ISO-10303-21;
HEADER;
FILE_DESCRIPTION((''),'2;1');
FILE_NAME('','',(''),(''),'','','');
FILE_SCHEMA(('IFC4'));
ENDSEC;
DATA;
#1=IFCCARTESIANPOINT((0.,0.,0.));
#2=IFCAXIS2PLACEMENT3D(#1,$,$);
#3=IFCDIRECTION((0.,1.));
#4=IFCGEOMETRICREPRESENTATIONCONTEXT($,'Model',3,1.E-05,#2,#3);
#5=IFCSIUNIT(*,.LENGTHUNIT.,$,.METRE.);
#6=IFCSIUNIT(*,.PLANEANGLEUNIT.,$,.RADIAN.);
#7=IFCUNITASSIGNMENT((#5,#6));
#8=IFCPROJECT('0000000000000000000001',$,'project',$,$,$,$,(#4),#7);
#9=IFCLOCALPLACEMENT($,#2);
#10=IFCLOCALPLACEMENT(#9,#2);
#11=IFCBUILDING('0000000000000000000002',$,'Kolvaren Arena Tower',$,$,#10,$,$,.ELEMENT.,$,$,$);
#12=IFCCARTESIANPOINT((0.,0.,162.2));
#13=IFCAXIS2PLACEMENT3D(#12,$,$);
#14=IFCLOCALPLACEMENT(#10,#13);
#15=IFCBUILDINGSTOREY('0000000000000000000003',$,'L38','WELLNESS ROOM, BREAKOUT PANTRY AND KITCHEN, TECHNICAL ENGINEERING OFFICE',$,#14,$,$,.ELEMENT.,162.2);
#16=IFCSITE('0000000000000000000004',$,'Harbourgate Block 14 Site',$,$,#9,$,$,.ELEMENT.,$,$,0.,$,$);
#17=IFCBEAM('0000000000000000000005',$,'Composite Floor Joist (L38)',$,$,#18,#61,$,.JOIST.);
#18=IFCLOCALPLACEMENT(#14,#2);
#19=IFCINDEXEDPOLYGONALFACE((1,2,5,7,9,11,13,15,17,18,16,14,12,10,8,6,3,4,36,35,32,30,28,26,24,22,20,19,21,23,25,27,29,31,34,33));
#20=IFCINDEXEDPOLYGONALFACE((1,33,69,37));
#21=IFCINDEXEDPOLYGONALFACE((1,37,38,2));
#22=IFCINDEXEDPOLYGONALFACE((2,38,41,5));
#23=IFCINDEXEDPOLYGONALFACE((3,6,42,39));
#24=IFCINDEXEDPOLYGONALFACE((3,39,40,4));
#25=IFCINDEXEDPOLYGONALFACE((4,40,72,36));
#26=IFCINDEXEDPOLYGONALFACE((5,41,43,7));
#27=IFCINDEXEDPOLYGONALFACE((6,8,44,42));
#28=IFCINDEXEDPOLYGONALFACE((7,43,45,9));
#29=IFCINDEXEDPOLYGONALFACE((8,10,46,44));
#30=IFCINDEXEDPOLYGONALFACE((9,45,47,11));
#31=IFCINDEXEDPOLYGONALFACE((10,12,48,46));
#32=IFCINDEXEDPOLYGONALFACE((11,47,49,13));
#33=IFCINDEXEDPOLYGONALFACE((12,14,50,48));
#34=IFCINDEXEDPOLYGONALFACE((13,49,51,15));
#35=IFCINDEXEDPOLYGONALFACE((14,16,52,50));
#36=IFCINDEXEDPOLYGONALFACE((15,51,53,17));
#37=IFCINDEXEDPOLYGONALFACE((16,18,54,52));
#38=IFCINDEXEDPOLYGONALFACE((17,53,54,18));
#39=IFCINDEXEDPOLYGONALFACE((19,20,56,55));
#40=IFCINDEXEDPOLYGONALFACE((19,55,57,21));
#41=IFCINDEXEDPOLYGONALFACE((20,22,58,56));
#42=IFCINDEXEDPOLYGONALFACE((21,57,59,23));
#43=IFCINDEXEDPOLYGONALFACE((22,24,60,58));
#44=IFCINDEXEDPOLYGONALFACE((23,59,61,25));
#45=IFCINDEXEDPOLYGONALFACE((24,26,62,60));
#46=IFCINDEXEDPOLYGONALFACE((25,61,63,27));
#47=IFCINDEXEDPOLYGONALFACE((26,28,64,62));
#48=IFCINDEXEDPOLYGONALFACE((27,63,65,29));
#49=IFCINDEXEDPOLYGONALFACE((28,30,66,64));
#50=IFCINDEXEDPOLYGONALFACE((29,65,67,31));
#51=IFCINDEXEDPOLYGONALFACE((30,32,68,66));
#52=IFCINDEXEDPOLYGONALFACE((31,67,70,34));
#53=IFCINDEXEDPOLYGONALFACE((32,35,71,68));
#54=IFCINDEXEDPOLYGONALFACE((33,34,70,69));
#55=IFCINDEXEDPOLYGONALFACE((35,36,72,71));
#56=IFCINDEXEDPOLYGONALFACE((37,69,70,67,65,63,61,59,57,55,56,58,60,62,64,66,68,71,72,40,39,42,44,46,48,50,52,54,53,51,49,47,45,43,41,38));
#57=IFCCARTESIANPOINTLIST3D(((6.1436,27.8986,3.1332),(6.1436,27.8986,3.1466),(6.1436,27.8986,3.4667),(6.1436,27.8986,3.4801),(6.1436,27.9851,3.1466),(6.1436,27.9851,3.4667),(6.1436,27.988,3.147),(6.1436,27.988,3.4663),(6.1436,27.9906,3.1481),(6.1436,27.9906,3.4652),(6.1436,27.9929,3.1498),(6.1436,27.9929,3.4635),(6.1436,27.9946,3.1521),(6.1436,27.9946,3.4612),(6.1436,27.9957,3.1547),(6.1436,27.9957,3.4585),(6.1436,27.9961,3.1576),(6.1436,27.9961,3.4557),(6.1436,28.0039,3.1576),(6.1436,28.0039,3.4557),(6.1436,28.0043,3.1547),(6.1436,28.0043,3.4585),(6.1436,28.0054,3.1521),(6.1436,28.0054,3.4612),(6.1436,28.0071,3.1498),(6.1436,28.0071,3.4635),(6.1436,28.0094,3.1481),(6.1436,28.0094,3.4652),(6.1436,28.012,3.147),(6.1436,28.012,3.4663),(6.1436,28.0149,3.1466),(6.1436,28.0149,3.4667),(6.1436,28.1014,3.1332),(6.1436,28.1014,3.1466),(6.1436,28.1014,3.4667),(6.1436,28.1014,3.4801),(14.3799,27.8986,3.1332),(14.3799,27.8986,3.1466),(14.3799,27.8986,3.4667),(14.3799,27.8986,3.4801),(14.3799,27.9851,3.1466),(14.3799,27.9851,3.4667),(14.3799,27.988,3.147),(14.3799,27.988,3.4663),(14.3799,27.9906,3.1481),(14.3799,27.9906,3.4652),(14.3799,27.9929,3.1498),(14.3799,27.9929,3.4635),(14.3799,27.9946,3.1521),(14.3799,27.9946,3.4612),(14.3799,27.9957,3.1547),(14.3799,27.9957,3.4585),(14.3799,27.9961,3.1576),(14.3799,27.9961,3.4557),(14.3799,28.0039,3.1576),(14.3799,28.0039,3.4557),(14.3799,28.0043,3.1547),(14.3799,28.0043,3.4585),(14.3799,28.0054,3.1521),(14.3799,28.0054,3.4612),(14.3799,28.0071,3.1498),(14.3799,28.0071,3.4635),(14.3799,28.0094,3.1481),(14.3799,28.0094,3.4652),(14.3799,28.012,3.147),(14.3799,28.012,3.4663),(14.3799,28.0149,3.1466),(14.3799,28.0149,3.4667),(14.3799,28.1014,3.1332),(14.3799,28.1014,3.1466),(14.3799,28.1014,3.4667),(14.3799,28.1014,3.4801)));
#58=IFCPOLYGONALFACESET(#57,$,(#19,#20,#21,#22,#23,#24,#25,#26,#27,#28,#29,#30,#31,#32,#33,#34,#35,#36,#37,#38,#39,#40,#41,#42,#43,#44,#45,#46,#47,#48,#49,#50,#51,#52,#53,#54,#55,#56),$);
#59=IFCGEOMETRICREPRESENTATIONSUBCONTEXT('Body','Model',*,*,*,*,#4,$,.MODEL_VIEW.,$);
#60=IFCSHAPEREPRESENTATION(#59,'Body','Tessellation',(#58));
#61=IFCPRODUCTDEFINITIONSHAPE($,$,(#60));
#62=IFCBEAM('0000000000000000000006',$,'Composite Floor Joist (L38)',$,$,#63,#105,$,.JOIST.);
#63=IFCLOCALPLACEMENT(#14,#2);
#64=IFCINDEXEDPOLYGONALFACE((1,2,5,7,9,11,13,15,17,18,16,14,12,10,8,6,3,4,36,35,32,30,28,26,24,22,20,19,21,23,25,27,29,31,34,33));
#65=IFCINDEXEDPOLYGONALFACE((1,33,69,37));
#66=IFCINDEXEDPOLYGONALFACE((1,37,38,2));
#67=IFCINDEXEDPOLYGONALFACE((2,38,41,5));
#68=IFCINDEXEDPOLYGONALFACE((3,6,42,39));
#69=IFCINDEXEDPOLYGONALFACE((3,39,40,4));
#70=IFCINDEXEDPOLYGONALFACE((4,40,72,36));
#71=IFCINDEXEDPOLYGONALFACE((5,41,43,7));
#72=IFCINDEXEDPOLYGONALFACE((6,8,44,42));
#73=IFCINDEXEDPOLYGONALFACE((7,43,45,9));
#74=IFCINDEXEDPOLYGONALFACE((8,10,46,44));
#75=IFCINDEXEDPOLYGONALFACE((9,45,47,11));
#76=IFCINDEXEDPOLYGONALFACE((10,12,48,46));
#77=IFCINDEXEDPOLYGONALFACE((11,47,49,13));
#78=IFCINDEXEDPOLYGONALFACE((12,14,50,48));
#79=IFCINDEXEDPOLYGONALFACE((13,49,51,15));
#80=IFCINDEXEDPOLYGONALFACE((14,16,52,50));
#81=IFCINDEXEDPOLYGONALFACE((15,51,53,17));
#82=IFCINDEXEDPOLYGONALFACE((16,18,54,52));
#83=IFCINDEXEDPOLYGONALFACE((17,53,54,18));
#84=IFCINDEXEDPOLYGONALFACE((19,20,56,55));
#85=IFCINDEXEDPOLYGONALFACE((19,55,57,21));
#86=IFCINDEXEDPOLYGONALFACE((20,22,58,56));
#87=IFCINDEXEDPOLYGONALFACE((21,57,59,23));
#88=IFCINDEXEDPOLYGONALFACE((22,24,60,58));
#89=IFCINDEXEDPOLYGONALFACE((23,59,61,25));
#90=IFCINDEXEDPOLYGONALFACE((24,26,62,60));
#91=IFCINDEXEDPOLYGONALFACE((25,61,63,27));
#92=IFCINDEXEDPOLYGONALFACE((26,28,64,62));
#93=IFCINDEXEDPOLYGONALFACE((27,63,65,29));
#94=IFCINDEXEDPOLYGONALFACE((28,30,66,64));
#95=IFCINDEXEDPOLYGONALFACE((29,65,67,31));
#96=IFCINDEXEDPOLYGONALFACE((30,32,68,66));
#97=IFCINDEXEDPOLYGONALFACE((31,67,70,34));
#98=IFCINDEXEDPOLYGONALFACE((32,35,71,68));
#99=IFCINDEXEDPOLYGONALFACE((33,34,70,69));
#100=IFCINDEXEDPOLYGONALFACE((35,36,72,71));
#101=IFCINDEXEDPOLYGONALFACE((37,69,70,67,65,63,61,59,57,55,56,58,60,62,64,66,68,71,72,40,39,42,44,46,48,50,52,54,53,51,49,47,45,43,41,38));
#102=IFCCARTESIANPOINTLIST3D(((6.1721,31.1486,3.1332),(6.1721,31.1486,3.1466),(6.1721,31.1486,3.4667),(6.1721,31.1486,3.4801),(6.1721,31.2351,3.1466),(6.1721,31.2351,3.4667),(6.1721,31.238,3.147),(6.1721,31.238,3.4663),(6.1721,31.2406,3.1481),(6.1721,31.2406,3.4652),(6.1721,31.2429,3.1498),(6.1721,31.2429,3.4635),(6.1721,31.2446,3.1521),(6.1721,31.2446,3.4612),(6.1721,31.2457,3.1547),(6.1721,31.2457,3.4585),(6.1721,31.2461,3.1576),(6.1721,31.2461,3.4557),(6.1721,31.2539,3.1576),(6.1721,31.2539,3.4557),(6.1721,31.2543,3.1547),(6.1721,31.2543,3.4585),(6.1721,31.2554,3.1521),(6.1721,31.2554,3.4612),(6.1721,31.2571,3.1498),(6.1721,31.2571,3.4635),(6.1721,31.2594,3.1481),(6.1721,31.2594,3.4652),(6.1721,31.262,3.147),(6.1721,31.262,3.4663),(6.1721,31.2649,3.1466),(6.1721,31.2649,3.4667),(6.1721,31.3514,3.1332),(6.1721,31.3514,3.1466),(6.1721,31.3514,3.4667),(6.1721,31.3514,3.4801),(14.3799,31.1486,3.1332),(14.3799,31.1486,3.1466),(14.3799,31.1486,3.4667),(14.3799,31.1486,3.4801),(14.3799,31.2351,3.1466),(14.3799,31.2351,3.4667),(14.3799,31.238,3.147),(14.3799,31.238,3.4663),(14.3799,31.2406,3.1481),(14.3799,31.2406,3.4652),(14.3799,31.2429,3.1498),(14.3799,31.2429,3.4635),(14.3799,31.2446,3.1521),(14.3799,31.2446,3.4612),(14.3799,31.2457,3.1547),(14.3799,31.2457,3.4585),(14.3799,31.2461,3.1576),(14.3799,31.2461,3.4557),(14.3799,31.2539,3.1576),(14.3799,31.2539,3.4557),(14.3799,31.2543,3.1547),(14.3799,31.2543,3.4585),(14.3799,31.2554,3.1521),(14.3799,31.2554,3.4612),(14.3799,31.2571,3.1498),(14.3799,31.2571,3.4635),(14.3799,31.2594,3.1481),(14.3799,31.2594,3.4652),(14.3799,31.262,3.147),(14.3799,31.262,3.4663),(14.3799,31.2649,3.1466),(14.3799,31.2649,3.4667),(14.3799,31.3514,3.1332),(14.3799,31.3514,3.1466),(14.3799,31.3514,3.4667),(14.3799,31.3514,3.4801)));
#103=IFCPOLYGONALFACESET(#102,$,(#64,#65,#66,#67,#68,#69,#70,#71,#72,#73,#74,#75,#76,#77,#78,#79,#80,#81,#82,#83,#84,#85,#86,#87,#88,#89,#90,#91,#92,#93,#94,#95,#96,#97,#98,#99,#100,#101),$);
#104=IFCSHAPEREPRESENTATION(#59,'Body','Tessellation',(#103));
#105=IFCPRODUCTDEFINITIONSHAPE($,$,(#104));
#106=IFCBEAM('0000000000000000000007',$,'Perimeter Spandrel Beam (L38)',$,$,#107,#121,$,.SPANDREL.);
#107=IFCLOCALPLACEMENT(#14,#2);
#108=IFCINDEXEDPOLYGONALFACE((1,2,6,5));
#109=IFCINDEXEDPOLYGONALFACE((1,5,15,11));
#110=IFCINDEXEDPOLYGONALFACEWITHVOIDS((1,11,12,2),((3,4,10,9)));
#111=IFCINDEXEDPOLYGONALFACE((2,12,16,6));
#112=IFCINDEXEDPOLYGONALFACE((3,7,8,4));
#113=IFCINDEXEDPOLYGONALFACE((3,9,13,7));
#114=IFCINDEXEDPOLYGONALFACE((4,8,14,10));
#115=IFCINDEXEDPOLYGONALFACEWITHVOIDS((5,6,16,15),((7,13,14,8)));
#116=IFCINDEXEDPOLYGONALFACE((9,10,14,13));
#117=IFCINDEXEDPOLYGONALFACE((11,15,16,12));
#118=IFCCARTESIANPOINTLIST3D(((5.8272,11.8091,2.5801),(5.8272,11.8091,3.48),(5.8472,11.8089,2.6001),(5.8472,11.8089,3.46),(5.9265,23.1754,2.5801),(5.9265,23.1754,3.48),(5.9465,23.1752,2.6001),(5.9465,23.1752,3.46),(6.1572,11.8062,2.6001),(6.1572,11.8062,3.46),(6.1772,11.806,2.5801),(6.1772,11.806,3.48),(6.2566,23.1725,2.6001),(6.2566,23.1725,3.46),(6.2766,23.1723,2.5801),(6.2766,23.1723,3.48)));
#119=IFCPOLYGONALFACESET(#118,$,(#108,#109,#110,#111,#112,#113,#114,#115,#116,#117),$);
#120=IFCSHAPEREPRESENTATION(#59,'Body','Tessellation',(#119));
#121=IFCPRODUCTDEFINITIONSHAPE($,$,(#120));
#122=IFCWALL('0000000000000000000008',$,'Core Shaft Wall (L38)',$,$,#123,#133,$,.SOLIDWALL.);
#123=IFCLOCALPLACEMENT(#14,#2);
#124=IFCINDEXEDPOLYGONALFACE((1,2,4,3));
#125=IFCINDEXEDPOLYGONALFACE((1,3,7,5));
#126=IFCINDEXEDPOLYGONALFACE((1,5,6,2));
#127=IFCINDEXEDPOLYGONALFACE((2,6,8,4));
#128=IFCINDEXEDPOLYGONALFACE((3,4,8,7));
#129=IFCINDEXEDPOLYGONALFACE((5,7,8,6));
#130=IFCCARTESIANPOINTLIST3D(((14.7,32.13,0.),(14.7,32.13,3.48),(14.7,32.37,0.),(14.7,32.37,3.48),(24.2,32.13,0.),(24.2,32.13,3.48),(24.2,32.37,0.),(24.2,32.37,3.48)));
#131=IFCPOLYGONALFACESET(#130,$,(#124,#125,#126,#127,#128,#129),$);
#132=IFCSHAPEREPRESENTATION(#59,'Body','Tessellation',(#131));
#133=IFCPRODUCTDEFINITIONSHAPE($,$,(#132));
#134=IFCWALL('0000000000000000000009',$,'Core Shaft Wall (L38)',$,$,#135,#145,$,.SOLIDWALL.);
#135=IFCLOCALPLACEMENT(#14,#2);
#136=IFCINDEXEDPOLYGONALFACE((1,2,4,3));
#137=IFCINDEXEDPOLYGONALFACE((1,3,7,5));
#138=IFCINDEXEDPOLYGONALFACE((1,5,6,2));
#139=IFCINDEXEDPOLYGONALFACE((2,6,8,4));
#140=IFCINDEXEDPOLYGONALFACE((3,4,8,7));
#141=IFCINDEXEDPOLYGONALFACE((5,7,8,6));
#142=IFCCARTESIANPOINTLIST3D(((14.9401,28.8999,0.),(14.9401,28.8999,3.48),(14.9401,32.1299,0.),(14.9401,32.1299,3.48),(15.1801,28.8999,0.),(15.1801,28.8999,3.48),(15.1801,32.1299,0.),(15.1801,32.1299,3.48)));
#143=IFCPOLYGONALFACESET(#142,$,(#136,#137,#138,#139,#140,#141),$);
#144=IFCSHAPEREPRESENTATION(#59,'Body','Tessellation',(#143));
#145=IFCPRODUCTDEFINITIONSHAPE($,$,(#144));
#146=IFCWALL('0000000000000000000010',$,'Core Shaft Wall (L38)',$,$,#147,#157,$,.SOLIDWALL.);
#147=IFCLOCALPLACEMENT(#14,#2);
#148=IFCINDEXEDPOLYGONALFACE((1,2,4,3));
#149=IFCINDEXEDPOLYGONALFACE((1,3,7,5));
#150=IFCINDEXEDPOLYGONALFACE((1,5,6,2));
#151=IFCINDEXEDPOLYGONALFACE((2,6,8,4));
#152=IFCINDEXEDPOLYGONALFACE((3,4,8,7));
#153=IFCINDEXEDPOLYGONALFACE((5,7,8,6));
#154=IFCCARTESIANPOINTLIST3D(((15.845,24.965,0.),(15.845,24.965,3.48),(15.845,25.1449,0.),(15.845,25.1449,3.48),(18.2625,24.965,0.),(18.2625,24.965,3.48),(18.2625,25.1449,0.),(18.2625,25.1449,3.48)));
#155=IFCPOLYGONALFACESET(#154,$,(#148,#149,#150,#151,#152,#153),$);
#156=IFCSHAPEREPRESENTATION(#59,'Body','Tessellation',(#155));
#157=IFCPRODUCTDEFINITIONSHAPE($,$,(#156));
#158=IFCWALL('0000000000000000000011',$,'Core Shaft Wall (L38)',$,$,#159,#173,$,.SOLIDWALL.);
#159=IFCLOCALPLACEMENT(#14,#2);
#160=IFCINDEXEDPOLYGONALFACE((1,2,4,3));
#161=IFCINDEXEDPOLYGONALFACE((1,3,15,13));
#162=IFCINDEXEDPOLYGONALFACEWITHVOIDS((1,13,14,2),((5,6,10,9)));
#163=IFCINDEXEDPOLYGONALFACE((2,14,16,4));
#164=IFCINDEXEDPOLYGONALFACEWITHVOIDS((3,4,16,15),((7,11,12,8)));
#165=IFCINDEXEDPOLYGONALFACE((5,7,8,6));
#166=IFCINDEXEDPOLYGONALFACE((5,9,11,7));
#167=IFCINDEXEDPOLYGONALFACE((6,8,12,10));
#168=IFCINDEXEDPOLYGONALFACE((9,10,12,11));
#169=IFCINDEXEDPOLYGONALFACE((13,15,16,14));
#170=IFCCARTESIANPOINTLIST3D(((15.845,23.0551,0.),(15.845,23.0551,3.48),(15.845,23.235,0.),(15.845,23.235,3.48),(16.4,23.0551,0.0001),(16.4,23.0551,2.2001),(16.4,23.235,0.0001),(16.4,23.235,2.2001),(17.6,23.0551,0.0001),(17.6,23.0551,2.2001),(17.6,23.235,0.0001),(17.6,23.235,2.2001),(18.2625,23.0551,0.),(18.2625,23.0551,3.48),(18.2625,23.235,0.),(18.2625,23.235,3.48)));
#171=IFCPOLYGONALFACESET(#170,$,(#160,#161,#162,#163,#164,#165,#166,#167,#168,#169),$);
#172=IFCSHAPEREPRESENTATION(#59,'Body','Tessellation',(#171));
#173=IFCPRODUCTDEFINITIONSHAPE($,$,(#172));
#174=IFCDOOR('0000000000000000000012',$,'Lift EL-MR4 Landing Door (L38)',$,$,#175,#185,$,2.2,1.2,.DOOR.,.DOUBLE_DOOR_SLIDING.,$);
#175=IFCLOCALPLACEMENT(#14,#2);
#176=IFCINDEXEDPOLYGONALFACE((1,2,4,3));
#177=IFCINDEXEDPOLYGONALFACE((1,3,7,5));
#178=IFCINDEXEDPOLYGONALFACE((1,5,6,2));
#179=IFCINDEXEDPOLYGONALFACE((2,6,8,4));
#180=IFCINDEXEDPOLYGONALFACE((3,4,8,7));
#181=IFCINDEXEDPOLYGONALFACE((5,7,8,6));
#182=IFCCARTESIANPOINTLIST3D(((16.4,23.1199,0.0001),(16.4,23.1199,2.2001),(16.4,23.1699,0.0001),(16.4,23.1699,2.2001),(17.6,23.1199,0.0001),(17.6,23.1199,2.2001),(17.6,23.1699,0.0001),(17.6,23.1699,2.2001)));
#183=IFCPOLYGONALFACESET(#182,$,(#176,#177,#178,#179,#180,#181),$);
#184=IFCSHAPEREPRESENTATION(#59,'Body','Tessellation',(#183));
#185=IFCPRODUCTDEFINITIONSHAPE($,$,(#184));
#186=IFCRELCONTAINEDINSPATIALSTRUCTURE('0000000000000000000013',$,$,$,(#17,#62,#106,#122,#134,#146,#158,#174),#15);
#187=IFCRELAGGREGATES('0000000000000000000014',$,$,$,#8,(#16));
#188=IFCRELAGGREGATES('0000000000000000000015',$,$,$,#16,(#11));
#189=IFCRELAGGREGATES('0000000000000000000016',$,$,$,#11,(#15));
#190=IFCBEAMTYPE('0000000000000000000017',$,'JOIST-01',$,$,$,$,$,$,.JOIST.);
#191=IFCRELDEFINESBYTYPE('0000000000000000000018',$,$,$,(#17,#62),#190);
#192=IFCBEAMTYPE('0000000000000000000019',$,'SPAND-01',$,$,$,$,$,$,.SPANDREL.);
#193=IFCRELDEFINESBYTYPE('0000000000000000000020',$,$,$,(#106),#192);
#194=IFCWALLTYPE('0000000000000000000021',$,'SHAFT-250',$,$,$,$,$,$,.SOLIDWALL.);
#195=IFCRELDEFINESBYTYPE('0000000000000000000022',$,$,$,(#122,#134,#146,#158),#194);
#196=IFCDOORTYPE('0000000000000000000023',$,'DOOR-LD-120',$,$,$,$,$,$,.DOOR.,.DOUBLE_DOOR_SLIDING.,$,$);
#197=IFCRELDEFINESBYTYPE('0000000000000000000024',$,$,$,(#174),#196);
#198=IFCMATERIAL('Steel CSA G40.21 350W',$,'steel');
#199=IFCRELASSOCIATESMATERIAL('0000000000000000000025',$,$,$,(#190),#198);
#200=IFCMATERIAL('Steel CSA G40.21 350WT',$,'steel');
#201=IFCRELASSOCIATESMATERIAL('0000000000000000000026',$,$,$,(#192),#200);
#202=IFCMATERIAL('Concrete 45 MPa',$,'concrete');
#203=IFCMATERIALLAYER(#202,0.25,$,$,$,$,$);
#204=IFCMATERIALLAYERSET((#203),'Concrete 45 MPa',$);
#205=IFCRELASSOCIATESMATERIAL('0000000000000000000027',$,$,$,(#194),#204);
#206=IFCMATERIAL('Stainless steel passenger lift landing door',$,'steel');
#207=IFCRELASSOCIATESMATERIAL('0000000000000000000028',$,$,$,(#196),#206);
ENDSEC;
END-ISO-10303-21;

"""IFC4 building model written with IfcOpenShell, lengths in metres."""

from ifc_helpers import new_model, si_unit, direction, frame, frame_2d, origin, origin_2d, place, context, subcontext, project, spatial, rectangle, hollow_rectangle, i_section, extrude, material, layer, layer_set, material_profile, profile_set, type_object, element, fill, save


model = new_model("IFC4")

# Units and contexts
model_context = context("Model", 3, precision=1e-05, world=origin(), true_north=direction((0.0, 1.0)))
body_context = subcontext(model_context, "Body", "Model", "MODEL_VIEW")
ifc_project = project(units=[si_unit("LENGTHUNIT", "METRE"), si_unit("PLANEANGLEUNIT", "RADIAN")], contexts=[model_context])

# Site, building, storey
site_placement = place(None, origin())
site = spatial("IfcSite", under=ifc_project, at=site_placement, Name="Harbourgate Block 14 Site", CompositionType="ELEMENT", RefElevation=0.0)
building_placement = place(site_placement, origin())
building = spatial("IfcBuilding", under=site, at=building_placement, Name="Kolvaren Arena Tower", CompositionType="ELEMENT")
storey_placement = place(building_placement, frame((0.0, 0.0, 162.2)))
storey = spatial("IfcBuildingStorey", under=building, at=storey_placement, Name="L38", Description="WELLNESS ROOM, BREAKOUT PANTRY AND KITCHEN, TECHNICAL ENGINEERING OFFICE", CompositionType="ELEMENT", Elevation=162.2)

# Beams
ifc_material_1 = material(Name="Steel CSA G40.21 350W", Category="steel")
ifc_material_profile_1 = material_profile(ifc_material_1, i_section(OverallWidth=0.2029, OverallDepth=0.3469, WebThickness=0.0078, FlangeThickness=0.0134, FilletRadius=0.011, at=origin_2d()), Name="W360x64")
ifc_profile_set_1 = profile_set([ifc_material_profile_1], Name="Steel CSA G40.21 350W")
beam_type_1 = type_object("IfcBeamType", Name="JOIST-01", PredefinedType="JOIST", material=ifc_profile_set_1)
beam_1_placement = place(storey_placement, frame((6.1436, 28.0, 3.3066), z_axis=(1.0, 0.0, 0.0), x_axis=(0.0, 1.0, 0.0)))
element("IfcBeam", 1, at=beam_1_placement, inside=storey, type_object=beam_type_1, Name="Composite Floor Joist (L38)", PredefinedType="JOIST", context=body_context, shape_type="SweptSolid", body=[
    extrude(i_section(OverallWidth=0.2029, OverallDepth=0.3469, WebThickness=0.0078, FlangeThickness=0.0134, FilletRadius=0.011, at=origin_2d()), origin(), (0.0, 0.0, 1.0), 8.2363),
])
beam_2_placement = place(storey_placement, frame((6.1721, 31.25, 3.3066), z_axis=(1.0, 0.0, 0.0), x_axis=(0.0, 1.0, 0.0)))
element("IfcBeam", 2, at=beam_2_placement, inside=storey, type_object=beam_type_1, Name="Composite Floor Joist (L38)", PredefinedType="JOIST", context=body_context, shape_type="SweptSolid", body=[
    extrude(i_section(OverallWidth=0.2029, OverallDepth=0.3469, WebThickness=0.0078, FlangeThickness=0.0134, FilletRadius=0.011, at=origin_2d()), origin(), (0.0, 0.0, 1.0), 8.2078),
])
ifc_material_2 = material(Name="Steel CSA G40.21 350WT", Category="steel")
ifc_material_profile_2 = material_profile(ifc_material_2, hollow_rectangle(XDim=0.3501, YDim=0.8999, WallThickness=0.02, at=origin_2d()), Name="HSS 900x350x20")
ifc_profile_set_2 = profile_set([ifc_material_profile_2], Name="Steel CSA G40.21 350WT")
beam_type_2 = type_object("IfcBeamType", Name="SPAND-01", PredefinedType="SPANDREL", material=ifc_profile_set_2)
beam_3_placement = place(storey_placement, frame((6.1016, 23.1738, 3.03), z_axis=(-0.008742, -0.999962, 0.0), x_axis=(0.999962, -0.008742, 0.0)))
element("IfcBeam", 3, at=beam_3_placement, inside=storey, type_object=beam_type_2, Name="Perimeter Spandrel Beam (L38)", PredefinedType="SPANDREL", context=body_context, shape_type="SweptSolid", body=[
    extrude(hollow_rectangle(XDim=0.3501, YDim=0.8999, WallThickness=0.02, at=origin_2d()), origin(), (0.0, 0.0, 1.0), 11.3667),
])

# Walls
ifc_material_3 = material(Name="Concrete 45 MPa", Category="concrete")
ifc_layer = layer(ifc_material_3, 0.25)
ifc_layer_set = layer_set([ifc_layer], Name="Concrete 45 MPa")
wall_type = type_object("IfcWallType", Name="SHAFT-250", PredefinedType="SOLIDWALL", material=ifc_layer_set)
wall_1_placement = place(storey_placement, frame((14.7, 32.25, 0.0), z_axis=(0.0, 0.0, 1.0), x_axis=(1.0, 0.0, 0.0)))
element("IfcWall", 4, at=wall_1_placement, inside=storey, type_object=wall_type, Name="Core Shaft Wall (L38)", PredefinedType="SOLIDWALL", context=body_context, shape_type="SweptSolid", body=[
    extrude(rectangle(XDim=9.5, YDim=0.24, at=frame_2d((4.75, 0.0))), origin(), (0.0, 0.0, 1.0), 3.48),
])
wall_2_placement = place(storey_placement, frame((15.0601, 28.8999, 0.0), z_axis=(0.0, 0.0, 1.0), x_axis=(0.0, 1.0, 0.0)))
element("IfcWall", 5, at=wall_2_placement, inside=storey, type_object=wall_type, Name="Core Shaft Wall (L38)", PredefinedType="SOLIDWALL", context=body_context, shape_type="SweptSolid", body=[
    extrude(rectangle(XDim=3.23, YDim=0.24, at=frame_2d((1.615, 0.0))), origin(), (0.0, 0.0, 1.0), 3.48),
])
wall_3_placement = place(storey_placement, frame((15.845, 25.0549, 0.0), z_axis=(0.0, 0.0, 1.0), x_axis=(1.0, 0.0, 0.0)))
element("IfcWall", 6, at=wall_3_placement, inside=storey, type_object=wall_type, Name="Core Shaft Wall (L38)", PredefinedType="SOLIDWALL", context=body_context, shape_type="SweptSolid", body=[
    extrude(rectangle(XDim=2.4175, YDim=0.1799, at=frame_2d((1.2087, 0.0))), origin(), (0.0, 0.0, 1.0), 3.48),
])

# Wall, opening, door
wall_4_placement = place(storey_placement, frame((15.845, 23.145, 0.0), z_axis=(0.0, 0.0, 1.0), x_axis=(1.0, 0.0, 0.0)))
wall_4 = element("IfcWall", 7, at=wall_4_placement, inside=storey, type_object=wall_type, Name="Core Shaft Wall (L38)", PredefinedType="SOLIDWALL", context=body_context, shape_type="SweptSolid", body=[
    extrude(rectangle(XDim=2.4175, YDim=0.1799, at=frame_2d((1.2087, 0.0))), origin(), (0.0, 0.0, 1.0), 3.48),
])
opening_1_placement = place(wall_4_placement, frame((0.5549, 0.0, 0.0)))
opening_1 = element("IfcOpeningElement", 8, at=opening_1_placement, cuts=wall_4, PredefinedType="OPENING", context=body_context, shape_type="SweptSolid", body=[
    extrude(rectangle(XDim=1.2, YDim=2.2, at=frame_2d((0.6001, 1.1001))), frame((0.0, 0.0999, 0.0), z_axis=(0.0, -1.0, 0.0), x_axis=(1.0, 0.0, 0.0)), (0.0, 0.0, 1.0), 0.2),
])
ifc_material_4 = material(Name="Stainless steel passenger lift landing door", Category="steel")
door_type_1 = type_object("IfcDoorType", Name="DOOR-LD-120", OperationType="DOUBLE_DOOR_SLIDING", PredefinedType="DOOR", material=ifc_material_4)
door_1_placement = place(opening_1_placement, origin())
door_1 = element("IfcDoor", 9, at=door_1_placement, inside=storey, type_object=door_type_1, Name="Lift EL-MR4 Landing Door (L38)", OperationType="DOUBLE_DOOR_SLIDING", OverallHeight=2.2, OverallWidth=1.2, PredefinedType="DOOR", context=body_context, shape_type="SweptSolid", body=[
    extrude(rectangle(XDim=1.2, YDim=2.2, at=frame_2d((0.6001, 1.1001))), frame((0.0, 0.0249, 0.0), z_axis=(0.0, -1.0, 0.0), x_axis=(1.0, 0.0, 0.0)), (0.0, 0.0, 1.0), 0.05),
])
fill(opening_1, door_1)

save(model, "model.ifc")
